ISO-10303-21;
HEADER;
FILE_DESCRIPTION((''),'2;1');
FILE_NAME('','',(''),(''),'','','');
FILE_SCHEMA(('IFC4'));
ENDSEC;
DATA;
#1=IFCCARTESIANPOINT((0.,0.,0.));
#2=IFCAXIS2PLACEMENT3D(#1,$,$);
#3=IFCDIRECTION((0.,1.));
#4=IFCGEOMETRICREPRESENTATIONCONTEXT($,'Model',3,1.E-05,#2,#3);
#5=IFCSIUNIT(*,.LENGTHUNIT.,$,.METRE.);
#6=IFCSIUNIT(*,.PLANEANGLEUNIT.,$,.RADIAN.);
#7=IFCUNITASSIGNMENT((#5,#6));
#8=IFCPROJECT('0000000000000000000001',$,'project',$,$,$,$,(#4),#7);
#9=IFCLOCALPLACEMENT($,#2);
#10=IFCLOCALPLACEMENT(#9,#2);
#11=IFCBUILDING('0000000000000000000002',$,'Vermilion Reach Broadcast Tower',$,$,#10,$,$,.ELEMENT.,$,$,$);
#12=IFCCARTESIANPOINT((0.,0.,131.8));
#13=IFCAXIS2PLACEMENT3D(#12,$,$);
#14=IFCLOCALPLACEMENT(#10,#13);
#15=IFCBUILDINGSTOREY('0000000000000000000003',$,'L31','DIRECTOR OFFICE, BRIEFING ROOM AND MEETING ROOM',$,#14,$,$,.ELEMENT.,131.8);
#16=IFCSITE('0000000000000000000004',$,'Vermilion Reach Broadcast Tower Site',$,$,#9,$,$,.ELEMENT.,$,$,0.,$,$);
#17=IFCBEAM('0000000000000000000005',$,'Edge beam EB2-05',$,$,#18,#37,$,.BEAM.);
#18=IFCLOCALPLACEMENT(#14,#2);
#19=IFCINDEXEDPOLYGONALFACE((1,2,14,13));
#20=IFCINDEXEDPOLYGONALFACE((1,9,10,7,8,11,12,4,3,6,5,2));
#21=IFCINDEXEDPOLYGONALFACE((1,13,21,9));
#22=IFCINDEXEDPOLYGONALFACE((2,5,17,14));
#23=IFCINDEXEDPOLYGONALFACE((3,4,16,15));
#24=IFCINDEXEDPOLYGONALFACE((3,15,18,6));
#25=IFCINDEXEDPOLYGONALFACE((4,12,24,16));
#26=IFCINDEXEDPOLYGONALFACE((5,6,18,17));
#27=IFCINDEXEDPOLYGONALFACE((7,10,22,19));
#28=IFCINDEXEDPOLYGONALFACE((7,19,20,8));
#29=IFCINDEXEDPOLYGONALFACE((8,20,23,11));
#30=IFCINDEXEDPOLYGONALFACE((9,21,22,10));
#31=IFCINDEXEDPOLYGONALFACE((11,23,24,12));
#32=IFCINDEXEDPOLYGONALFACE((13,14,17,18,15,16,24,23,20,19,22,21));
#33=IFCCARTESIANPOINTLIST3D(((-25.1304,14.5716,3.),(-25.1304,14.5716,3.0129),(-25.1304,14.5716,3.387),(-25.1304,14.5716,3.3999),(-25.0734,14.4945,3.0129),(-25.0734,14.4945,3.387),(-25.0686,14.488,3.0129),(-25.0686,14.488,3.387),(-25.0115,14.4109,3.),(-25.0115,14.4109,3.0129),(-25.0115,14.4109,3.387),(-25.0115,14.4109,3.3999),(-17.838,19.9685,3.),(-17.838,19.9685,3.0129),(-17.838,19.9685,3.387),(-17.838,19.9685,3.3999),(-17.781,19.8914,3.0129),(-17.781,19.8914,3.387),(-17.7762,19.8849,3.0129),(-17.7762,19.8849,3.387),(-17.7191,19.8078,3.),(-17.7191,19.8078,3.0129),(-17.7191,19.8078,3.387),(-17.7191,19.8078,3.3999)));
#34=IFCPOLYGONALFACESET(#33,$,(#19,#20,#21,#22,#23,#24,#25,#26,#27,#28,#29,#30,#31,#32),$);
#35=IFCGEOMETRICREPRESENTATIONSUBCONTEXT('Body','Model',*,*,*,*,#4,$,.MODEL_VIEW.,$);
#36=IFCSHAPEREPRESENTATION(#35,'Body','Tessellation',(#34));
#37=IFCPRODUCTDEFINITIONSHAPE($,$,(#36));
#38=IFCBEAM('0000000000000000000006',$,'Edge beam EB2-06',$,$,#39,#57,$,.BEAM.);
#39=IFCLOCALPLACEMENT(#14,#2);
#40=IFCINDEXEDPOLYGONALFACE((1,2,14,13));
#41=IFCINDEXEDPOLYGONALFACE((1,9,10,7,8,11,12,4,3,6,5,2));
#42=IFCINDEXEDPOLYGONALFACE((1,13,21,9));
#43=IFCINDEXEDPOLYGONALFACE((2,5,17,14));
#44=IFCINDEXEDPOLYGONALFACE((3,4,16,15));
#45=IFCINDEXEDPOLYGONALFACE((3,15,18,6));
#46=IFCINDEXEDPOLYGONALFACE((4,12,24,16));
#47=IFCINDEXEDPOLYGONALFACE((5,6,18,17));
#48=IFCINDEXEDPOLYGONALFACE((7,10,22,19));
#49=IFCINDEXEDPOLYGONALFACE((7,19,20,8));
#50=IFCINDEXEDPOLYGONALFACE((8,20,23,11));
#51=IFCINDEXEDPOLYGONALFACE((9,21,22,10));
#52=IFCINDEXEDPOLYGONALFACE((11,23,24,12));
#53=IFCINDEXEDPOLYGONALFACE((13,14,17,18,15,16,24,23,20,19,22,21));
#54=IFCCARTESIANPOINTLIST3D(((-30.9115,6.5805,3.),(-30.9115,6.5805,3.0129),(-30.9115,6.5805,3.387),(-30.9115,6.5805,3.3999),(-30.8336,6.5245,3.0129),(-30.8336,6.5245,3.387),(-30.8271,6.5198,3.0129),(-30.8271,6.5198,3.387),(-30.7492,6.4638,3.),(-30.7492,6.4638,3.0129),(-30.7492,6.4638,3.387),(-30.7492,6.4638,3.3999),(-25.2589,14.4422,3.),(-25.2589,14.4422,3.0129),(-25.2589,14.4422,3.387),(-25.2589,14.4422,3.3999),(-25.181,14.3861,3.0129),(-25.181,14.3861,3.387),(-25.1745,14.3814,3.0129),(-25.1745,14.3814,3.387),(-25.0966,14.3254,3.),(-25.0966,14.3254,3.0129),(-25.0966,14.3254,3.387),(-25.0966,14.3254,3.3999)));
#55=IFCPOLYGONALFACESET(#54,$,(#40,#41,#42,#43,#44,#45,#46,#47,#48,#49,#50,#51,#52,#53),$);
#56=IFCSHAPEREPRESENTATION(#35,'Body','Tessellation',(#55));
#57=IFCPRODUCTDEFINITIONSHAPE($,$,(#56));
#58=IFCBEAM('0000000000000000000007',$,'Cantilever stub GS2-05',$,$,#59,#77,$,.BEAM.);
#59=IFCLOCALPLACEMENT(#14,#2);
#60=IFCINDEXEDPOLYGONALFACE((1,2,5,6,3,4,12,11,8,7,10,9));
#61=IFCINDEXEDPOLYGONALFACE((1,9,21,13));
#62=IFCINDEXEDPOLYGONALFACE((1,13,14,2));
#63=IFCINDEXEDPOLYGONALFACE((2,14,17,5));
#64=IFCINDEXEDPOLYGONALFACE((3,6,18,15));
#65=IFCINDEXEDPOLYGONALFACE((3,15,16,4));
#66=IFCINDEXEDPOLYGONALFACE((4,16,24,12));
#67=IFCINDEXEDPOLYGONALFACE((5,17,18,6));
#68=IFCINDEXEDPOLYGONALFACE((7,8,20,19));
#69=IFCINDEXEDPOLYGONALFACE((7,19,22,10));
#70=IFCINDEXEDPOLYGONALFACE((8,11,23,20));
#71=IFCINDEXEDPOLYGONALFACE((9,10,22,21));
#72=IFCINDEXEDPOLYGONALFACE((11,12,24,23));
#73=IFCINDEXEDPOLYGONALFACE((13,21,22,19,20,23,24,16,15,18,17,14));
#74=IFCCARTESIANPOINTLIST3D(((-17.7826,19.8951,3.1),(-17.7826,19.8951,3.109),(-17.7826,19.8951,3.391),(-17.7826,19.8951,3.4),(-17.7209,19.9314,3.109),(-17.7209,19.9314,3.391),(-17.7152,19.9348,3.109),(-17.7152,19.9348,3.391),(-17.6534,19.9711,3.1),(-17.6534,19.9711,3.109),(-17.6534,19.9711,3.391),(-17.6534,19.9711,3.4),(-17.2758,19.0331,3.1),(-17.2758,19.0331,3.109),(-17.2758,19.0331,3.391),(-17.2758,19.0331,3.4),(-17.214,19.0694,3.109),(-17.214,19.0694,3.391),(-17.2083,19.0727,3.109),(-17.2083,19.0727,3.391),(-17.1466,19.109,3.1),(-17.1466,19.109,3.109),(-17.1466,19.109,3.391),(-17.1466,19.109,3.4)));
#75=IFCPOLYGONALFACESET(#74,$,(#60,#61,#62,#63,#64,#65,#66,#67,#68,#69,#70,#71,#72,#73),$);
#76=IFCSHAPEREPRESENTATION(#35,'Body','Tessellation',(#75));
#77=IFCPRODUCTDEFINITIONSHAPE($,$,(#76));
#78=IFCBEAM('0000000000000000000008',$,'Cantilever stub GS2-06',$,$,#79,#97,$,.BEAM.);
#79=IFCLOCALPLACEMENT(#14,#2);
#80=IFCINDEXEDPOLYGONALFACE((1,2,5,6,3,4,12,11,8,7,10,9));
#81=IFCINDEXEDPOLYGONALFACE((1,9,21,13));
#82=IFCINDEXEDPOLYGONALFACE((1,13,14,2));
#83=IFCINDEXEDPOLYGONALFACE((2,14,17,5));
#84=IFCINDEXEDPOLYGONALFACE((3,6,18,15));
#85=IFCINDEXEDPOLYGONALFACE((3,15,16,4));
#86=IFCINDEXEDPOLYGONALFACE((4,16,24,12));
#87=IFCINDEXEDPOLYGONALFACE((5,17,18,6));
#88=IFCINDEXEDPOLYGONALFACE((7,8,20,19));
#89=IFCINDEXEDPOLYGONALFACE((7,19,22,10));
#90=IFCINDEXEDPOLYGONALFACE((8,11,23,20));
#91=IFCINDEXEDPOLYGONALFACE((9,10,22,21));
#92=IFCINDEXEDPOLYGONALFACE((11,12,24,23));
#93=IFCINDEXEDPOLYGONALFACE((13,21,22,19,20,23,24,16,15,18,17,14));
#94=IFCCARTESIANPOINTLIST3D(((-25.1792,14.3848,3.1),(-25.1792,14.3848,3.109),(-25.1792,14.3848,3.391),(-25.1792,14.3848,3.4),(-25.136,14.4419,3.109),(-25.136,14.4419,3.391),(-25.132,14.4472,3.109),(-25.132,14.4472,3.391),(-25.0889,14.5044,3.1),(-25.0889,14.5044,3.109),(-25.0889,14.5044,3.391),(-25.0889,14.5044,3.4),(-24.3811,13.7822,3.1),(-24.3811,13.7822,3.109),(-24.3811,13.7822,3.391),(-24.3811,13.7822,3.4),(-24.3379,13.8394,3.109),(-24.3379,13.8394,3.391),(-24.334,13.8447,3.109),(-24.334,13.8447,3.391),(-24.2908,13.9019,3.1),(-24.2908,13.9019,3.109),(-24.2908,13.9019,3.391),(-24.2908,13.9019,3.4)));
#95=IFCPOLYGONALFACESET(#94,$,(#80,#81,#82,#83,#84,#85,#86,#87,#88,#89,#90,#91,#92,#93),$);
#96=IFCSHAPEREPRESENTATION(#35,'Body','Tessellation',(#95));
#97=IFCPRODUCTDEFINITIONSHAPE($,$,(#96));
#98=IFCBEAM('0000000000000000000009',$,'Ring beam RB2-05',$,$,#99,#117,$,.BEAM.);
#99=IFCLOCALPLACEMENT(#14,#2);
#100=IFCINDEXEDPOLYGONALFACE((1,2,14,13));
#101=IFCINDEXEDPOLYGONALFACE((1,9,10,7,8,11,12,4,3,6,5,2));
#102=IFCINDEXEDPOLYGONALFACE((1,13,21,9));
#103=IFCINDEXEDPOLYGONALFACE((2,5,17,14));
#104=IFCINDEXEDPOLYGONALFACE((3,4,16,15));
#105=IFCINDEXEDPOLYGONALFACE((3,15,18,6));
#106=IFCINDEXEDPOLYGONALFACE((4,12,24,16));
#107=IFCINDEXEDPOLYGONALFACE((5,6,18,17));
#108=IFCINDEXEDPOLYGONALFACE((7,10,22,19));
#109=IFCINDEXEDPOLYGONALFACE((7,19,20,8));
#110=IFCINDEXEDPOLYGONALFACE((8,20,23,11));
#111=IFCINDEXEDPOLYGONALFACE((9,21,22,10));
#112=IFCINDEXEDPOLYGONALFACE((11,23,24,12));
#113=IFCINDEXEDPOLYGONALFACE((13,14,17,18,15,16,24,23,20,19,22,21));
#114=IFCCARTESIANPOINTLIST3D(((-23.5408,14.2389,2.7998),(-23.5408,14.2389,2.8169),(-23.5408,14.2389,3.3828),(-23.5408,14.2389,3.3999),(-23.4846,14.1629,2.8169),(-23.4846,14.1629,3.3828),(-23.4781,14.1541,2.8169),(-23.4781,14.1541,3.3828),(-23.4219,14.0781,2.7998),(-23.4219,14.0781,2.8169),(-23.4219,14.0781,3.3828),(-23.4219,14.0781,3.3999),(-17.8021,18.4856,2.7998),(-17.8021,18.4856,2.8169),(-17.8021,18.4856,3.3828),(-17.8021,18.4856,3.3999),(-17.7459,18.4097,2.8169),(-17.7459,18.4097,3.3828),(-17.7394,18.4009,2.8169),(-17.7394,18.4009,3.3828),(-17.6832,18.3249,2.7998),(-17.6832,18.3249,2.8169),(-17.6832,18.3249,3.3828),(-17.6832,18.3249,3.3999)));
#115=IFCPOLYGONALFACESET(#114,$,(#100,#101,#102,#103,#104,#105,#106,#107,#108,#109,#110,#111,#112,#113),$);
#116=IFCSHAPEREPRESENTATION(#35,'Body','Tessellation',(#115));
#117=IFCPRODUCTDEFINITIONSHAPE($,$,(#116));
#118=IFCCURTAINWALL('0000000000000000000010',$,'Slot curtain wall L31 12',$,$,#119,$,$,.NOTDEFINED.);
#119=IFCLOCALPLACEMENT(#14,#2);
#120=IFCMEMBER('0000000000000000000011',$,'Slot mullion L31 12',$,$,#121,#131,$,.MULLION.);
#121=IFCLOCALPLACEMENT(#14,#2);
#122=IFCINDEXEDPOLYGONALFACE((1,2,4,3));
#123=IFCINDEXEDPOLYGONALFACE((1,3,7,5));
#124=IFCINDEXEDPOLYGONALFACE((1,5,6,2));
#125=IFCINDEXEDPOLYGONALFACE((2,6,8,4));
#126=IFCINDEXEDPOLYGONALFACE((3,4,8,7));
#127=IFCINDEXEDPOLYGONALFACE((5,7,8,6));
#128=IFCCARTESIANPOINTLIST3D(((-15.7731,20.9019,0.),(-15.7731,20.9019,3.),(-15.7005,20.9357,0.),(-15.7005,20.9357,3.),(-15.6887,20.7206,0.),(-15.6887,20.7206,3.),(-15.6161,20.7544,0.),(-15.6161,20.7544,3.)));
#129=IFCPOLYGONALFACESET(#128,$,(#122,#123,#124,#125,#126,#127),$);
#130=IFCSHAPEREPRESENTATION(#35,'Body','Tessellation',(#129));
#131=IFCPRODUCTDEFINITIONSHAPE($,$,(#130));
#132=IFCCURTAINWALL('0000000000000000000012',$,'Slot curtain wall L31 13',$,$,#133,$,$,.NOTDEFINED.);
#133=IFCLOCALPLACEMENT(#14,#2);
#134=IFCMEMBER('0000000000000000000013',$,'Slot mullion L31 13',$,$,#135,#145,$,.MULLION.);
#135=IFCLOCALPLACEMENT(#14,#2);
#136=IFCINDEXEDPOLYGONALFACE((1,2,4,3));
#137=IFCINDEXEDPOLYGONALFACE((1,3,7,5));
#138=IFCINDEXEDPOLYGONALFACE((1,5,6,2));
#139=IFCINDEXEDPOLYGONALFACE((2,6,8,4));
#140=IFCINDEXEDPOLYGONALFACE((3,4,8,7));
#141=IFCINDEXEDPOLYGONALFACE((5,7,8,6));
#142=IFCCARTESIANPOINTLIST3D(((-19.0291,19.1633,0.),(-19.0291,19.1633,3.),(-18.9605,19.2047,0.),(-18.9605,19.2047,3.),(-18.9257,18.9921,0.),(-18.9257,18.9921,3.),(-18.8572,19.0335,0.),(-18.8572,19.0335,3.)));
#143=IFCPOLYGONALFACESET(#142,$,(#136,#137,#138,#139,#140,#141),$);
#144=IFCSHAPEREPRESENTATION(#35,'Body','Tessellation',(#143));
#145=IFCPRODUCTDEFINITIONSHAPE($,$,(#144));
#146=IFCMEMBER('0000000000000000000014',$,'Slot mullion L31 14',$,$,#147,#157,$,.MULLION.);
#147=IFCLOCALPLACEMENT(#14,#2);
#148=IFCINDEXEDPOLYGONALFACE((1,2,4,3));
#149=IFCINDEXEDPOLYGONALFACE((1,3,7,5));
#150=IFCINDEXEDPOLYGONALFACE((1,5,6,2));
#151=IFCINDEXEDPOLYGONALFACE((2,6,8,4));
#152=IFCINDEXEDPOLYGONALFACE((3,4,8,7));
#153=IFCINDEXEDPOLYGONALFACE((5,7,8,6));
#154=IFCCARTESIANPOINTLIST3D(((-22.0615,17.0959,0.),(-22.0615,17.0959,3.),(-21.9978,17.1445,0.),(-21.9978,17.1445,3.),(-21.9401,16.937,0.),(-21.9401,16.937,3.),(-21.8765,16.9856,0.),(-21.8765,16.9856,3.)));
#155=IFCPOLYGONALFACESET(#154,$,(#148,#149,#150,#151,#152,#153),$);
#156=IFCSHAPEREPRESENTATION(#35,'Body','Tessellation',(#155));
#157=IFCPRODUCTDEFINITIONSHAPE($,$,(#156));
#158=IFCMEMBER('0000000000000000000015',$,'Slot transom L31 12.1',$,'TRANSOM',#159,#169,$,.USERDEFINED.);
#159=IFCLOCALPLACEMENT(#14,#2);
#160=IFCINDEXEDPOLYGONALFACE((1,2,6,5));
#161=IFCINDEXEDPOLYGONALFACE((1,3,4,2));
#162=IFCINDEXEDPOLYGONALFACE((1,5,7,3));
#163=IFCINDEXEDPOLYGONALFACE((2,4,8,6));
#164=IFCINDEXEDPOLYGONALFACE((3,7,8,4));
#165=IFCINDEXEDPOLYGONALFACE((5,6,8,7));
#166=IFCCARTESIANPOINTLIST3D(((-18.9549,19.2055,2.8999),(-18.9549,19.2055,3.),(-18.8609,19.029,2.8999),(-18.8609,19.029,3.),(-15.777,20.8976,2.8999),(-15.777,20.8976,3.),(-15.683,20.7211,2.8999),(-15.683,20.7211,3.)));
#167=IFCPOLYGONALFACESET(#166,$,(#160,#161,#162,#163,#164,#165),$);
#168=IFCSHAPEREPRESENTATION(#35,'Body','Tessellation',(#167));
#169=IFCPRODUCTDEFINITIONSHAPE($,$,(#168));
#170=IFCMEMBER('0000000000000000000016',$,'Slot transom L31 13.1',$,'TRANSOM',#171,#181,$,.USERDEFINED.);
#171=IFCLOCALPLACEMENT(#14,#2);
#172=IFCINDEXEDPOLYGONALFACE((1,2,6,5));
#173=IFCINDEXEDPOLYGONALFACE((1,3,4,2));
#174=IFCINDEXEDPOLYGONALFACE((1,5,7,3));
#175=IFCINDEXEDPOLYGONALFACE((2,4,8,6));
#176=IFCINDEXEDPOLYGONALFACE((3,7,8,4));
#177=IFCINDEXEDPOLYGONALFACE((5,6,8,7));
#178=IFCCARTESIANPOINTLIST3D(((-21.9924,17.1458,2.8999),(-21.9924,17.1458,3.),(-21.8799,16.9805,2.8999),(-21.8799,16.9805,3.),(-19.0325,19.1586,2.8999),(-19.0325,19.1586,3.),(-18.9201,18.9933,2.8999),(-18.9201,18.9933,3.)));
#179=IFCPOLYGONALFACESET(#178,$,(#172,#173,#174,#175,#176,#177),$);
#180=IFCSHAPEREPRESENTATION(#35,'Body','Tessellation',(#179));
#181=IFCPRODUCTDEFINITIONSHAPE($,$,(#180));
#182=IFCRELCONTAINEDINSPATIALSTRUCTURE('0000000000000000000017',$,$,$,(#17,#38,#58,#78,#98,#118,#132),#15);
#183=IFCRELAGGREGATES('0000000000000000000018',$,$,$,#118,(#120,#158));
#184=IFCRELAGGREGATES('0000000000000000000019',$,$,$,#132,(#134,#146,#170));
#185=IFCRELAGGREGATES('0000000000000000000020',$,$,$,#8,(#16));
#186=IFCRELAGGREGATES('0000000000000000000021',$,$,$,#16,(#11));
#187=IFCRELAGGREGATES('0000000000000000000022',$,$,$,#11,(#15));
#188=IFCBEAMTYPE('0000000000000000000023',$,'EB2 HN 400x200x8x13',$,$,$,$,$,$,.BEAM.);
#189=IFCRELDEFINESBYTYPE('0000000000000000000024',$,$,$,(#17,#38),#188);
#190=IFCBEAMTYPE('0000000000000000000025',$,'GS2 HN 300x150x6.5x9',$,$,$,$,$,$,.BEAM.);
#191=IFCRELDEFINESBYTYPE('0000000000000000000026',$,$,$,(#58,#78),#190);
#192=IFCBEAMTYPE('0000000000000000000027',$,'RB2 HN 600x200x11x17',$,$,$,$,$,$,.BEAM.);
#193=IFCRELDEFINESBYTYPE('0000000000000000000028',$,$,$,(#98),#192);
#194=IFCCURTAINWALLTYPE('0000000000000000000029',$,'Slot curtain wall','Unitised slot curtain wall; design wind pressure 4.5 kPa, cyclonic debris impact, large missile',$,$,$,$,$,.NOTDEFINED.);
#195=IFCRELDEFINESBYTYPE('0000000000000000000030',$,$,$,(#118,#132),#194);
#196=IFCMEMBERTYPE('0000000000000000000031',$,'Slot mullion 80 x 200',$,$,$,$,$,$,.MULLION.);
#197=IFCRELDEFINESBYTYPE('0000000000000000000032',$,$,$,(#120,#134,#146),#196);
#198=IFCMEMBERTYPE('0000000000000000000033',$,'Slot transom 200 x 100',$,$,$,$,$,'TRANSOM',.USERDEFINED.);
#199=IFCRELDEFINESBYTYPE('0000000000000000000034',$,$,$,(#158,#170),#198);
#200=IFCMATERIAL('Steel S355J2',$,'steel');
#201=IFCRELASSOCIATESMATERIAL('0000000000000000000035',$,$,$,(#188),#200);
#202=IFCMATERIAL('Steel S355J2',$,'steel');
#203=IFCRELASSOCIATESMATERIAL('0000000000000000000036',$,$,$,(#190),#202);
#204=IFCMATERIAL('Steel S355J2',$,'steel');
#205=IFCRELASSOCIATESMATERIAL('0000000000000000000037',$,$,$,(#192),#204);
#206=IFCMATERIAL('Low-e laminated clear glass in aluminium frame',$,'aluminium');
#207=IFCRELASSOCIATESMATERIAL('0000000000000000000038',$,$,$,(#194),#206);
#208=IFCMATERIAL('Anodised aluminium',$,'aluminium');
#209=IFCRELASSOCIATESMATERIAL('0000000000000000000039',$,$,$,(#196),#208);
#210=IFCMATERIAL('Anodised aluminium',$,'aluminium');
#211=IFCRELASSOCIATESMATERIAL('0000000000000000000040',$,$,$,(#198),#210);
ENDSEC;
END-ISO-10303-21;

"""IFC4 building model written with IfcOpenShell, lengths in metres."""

from ifc_helpers import new_model, si_unit, direction, frame, origin, origin_2d, place, context, subcontext, project, spatial, rectangle, i_section, extrude, material, material_profile, profile_set, type_object, element, aggregate, save


model = new_model("IFC4")

# Units and contexts
model_context = context("Model", 3, precision=1e-05, world=origin(), true_north=direction((0.0, 1.0)))
body_context = subcontext(model_context, "Body", "Model", "MODEL_VIEW")
ifc_project = project(units=[si_unit("LENGTHUNIT", "METRE"), si_unit("PLANEANGLEUNIT", "RADIAN")], contexts=[model_context])

# Site, building, storey
site_placement = place(None, origin())
site = spatial("IfcSite", under=ifc_project, at=site_placement, Name="Vermilion Reach Broadcast Tower Site", CompositionType="ELEMENT", RefElevation=0.0)
building_placement = place(site_placement, origin())
building = spatial("IfcBuilding", under=site, at=building_placement, Name="Vermilion Reach Broadcast Tower", CompositionType="ELEMENT")
storey_placement = place(building_placement, frame((0.0, 0.0, 131.8)))
storey = spatial("IfcBuildingStorey", under=building, at=storey_placement, Name="L31", Description="DIRECTOR OFFICE, BRIEFING ROOM AND MEETING ROOM", CompositionType="ELEMENT", Elevation=131.8)

# Beams
ifc_material_1 = material(Name="Steel S355J2", Category="steel")
ifc_material_profile_1 = material_profile(ifc_material_1, i_section(OverallWidth=0.2, OverallDepth=0.3999, WebThickness=0.0081, FlangeThickness=0.0129, at=origin_2d()), Name="S355J2 HN 400x200x8x13")
ifc_profile_set_1 = profile_set([ifc_material_profile_1], Name="Steel S355J2")
beam_type_1 = type_object("IfcBeamType", Name="EB2 HN 400x200x8x13", PredefinedType="BEAM", material=ifc_profile_set_1)
beam_1_placement = place(storey_placement, frame((-17.7786, 19.8882, 3.2), z_axis=(-0.803814, -0.594881, 0.0), x_axis=(0.594881, -0.803814, 0.0)))
element("IfcBeam", 1, at=beam_1_placement, inside=storey, type_object=beam_type_1, Name="Edge beam EB2-05", PredefinedType="BEAM", context=body_context, shape_type="SweptSolid", body=[
    extrude(i_section(OverallWidth=0.2, OverallDepth=0.3999, WebThickness=0.0081, FlangeThickness=0.0129, at=origin_2d()), origin(), (0.0, 0.0, 1.0), 9.0723),
])
beam_2_placement = place(storey_placement, frame((-25.1777, 14.3838, 3.2), z_axis=(-0.583778, -0.811913, 0.0), x_axis=(0.811913, -0.583778, 0.0)))
element("IfcBeam", 2, at=beam_2_placement, inside=storey, type_object=beam_type_1, Name="Edge beam EB2-06", PredefinedType="BEAM", context=body_context, shape_type="SweptSolid", body=[
    extrude(i_section(OverallWidth=0.2, OverallDepth=0.3999, WebThickness=0.0081, FlangeThickness=0.0129, at=origin_2d()), origin(), (0.0, 0.0, 1.0), 9.6829),
])
ifc_material_2 = material(Name="Steel S355J2", Category="steel")
ifc_material_profile_2 = material_profile(ifc_material_2, i_section(OverallWidth=0.1499, OverallDepth=0.3, WebThickness=0.0066, FlangeThickness=0.009, at=origin_2d()), Name="S355J2 HN 300x150x6.5x9")
ifc_profile_set_2 = profile_set([ifc_material_profile_2], Name="Steel S355J2")
beam_type_2 = type_object("IfcBeamType", Name="GS2 HN 300x150x6.5x9", PredefinedType="BEAM", material=ifc_profile_set_2)
for number, where, z_axis, x_axis, name in (
    (3, (-17.2112, 19.071, 3.25), (-0.506828, 0.862047, 0.0), (-0.862047, -0.506828, 0.0), "Cantilever stub GS2-05"),
    (4, (-24.3359, 13.842, 3.25), (-0.798092, 0.602536, 0.0), (-0.602536, -0.798092, 0.0), "Cantilever stub GS2-06"),
):
    element("IfcBeam", number, at=place(storey_placement, frame(where, z_axis=z_axis, x_axis=x_axis)), inside=storey, type_object=beam_type_2, Name=name, PredefinedType="BEAM", context=body_context, shape_type="SweptSolid", body=[
        extrude(i_section(OverallWidth=0.1499, OverallDepth=0.3, WebThickness=0.0066, FlangeThickness=0.009, at=origin_2d()), origin(), (0.0, 0.0, 1.0), 1.0),
    ])
ifc_material_3 = material(Name="Steel S355J2", Category="steel")
ifc_material_profile_3 = material_profile(ifc_material_3, i_section(OverallWidth=0.2, OverallDepth=0.6001, WebThickness=0.011, FlangeThickness=0.0171, at=origin_2d()), Name="S355J2 HN 600x200x11x17")
ifc_profile_set_3 = profile_set([ifc_material_profile_3], Name="Steel S355J2")
beam_type_3 = type_object("IfcBeamType", Name="RB2 HN 600x200x11x17", PredefinedType="BEAM", material=ifc_profile_set_3)
beam_3_placement = place(storey_placement, frame((-17.7427, 18.4053, 3.0999), z_axis=(-0.803833, -0.594855, 0.0), x_axis=(0.594855, -0.803833, 0.0)))
element("IfcBeam", 5, at=beam_3_placement, inside=storey, type_object=beam_type_3, Name="Ring beam RB2-05", PredefinedType="BEAM", context=body_context, shape_type="SweptSolid", body=[
    extrude(i_section(OverallWidth=0.2, OverallDepth=0.6001, WebThickness=0.011, FlangeThickness=0.0171, at=origin_2d()), origin(), (0.0, 0.0, 1.0), 7.1392),
])

# Curtain wall, member
ifc_material_4 = material(Name="Low-e laminated clear glass in aluminium frame", Category="aluminium")
curtain_wall_type = type_object("IfcCurtainWallType", Name="Slot curtain wall", Description="Unitised slot curtain wall; design wind pressure 4.5 kPa, cyclonic debris impact, large missile", PredefinedType="NOTDEFINED", material=ifc_material_4)
placement = place(storey_placement, origin())
curtain_wall_1 = element("IfcCurtainWall", 6, at=placement, inside=storey, type_object=curtain_wall_type, Name="Slot curtain wall L31 12", PredefinedType="NOTDEFINED")
ifc_material_5 = material(Name="Anodised aluminium", Category="aluminium")
ifc_material_profile_4 = material_profile(ifc_material_5, rectangle(XDim=0.2, YDim=0.0801, at=origin_2d()), Name="Slot mullion 80 x 200")
ifc_profile_set_4 = profile_set([ifc_material_profile_4], Name="Anodised aluminium")
member_type_1 = type_object("IfcMemberType", Name="Slot mullion 80 x 200", PredefinedType="MULLION", material=ifc_profile_set_4)
member_1_placement = place(storey_placement, frame((-15.6946, 20.8281, 0.0), z_axis=(0.0, 0.0, 1.0), x_axis=(0.421985, -0.906603, 0.0)))
member_1 = element("IfcMember", 7, at=member_1_placement, type_object=member_type_1, Name="Slot mullion L31 12", PredefinedType="MULLION", context=body_context, shape_type="SweptSolid", body=[
    extrude(rectangle(XDim=0.2, YDim=0.0801, at=origin_2d()), origin(), (0.0, 0.0, 1.0), 3.0),
])

# Curtain wall, members
curtain_wall_2 = element("IfcCurtainWall", 8, at=placement, inside=storey, type_object=curtain_wall_type, Name="Slot curtain wall L31 13", PredefinedType="NOTDEFINED")
member_2_placement = place(storey_placement, frame((-18.9431, 19.0984, 0.0), z_axis=(0.0, 0.0, 1.0), x_axis=(0.516921, -0.856033, 0.0)))
member_2 = element("IfcMember", 9, at=member_2_placement, type_object=member_type_1, Name="Slot mullion L31 13", PredefinedType="MULLION", context=body_context, shape_type="SweptSolid", body=[
    extrude(rectangle(XDim=0.2, YDim=0.0801, at=origin_2d()), origin(), (0.0, 0.0, 1.0), 3.0),
])
member_3_placement = place(storey_placement, frame((-21.969, 17.0408, 0.0), z_axis=(0.0, 0.0, 1.0), x_axis=(0.606835, -0.794828, 0.0)))
member_3 = element("IfcMember", 10, at=member_3_placement, type_object=member_type_1, Name="Slot mullion L31 14", PredefinedType="MULLION", context=body_context, shape_type="SweptSolid", body=[
    extrude(rectangle(XDim=0.2, YDim=0.0801, at=origin_2d()), origin(), (0.0, 0.0, 1.0), 3.0),
])

# Members
ifc_material_6 = material(Name="Anodised aluminium", Category="aluminium")
ifc_material_profile_5 = material_profile(ifc_material_6, rectangle(XDim=0.2, YDim=0.1001, at=origin_2d()), Name="Slot transom 200 x 100")
ifc_profile_set_5 = profile_set([ifc_material_profile_5], Name="Anodised aluminium")
member_type_2 = type_object("IfcMemberType", Name="Slot transom 200 x 100", ElementType="TRANSOM", PredefinedType="USERDEFINED", material=ifc_profile_set_5)
member_4_placement = place(storey_placement, frame((-15.73, 20.8093, 2.95), z_axis=(-0.882674, -0.469986, 0.0), x_axis=(0.469986, -0.882674, 0.0)))
member_4 = element("IfcMember", 11, at=member_4_placement, type_object=member_type_2, Name="Slot transom L31 12.1", ObjectType="TRANSOM", PredefinedType="USERDEFINED", context=body_context, shape_type="SweptSolid", body=[
    extrude(rectangle(XDim=0.2, YDim=0.1001, at=origin_2d()), origin(), (0.0, 0.0, 1.0), 3.6003),
])
member_5_placement = place(storey_placement, frame((-18.9763, 19.0759, 2.95), z_axis=(-0.826915, -0.562327, 0.0), x_axis=(0.562327, -0.826915, 0.0)))
member_5 = element("IfcMember", 12, at=member_5_placement, type_object=member_type_2, Name="Slot transom L31 13.1", ObjectType="TRANSOM", PredefinedType="USERDEFINED", context=body_context, shape_type="SweptSolid", body=[
    extrude(rectangle(XDim=0.2, YDim=0.1001, at=origin_2d()), origin(), (0.0, 0.0, 1.0), 3.5793),
])

aggregate(curtain_wall_1, [member_1, member_4])
aggregate(curtain_wall_2, [member_2, member_3, member_5])

save(model, "model.ifc")
